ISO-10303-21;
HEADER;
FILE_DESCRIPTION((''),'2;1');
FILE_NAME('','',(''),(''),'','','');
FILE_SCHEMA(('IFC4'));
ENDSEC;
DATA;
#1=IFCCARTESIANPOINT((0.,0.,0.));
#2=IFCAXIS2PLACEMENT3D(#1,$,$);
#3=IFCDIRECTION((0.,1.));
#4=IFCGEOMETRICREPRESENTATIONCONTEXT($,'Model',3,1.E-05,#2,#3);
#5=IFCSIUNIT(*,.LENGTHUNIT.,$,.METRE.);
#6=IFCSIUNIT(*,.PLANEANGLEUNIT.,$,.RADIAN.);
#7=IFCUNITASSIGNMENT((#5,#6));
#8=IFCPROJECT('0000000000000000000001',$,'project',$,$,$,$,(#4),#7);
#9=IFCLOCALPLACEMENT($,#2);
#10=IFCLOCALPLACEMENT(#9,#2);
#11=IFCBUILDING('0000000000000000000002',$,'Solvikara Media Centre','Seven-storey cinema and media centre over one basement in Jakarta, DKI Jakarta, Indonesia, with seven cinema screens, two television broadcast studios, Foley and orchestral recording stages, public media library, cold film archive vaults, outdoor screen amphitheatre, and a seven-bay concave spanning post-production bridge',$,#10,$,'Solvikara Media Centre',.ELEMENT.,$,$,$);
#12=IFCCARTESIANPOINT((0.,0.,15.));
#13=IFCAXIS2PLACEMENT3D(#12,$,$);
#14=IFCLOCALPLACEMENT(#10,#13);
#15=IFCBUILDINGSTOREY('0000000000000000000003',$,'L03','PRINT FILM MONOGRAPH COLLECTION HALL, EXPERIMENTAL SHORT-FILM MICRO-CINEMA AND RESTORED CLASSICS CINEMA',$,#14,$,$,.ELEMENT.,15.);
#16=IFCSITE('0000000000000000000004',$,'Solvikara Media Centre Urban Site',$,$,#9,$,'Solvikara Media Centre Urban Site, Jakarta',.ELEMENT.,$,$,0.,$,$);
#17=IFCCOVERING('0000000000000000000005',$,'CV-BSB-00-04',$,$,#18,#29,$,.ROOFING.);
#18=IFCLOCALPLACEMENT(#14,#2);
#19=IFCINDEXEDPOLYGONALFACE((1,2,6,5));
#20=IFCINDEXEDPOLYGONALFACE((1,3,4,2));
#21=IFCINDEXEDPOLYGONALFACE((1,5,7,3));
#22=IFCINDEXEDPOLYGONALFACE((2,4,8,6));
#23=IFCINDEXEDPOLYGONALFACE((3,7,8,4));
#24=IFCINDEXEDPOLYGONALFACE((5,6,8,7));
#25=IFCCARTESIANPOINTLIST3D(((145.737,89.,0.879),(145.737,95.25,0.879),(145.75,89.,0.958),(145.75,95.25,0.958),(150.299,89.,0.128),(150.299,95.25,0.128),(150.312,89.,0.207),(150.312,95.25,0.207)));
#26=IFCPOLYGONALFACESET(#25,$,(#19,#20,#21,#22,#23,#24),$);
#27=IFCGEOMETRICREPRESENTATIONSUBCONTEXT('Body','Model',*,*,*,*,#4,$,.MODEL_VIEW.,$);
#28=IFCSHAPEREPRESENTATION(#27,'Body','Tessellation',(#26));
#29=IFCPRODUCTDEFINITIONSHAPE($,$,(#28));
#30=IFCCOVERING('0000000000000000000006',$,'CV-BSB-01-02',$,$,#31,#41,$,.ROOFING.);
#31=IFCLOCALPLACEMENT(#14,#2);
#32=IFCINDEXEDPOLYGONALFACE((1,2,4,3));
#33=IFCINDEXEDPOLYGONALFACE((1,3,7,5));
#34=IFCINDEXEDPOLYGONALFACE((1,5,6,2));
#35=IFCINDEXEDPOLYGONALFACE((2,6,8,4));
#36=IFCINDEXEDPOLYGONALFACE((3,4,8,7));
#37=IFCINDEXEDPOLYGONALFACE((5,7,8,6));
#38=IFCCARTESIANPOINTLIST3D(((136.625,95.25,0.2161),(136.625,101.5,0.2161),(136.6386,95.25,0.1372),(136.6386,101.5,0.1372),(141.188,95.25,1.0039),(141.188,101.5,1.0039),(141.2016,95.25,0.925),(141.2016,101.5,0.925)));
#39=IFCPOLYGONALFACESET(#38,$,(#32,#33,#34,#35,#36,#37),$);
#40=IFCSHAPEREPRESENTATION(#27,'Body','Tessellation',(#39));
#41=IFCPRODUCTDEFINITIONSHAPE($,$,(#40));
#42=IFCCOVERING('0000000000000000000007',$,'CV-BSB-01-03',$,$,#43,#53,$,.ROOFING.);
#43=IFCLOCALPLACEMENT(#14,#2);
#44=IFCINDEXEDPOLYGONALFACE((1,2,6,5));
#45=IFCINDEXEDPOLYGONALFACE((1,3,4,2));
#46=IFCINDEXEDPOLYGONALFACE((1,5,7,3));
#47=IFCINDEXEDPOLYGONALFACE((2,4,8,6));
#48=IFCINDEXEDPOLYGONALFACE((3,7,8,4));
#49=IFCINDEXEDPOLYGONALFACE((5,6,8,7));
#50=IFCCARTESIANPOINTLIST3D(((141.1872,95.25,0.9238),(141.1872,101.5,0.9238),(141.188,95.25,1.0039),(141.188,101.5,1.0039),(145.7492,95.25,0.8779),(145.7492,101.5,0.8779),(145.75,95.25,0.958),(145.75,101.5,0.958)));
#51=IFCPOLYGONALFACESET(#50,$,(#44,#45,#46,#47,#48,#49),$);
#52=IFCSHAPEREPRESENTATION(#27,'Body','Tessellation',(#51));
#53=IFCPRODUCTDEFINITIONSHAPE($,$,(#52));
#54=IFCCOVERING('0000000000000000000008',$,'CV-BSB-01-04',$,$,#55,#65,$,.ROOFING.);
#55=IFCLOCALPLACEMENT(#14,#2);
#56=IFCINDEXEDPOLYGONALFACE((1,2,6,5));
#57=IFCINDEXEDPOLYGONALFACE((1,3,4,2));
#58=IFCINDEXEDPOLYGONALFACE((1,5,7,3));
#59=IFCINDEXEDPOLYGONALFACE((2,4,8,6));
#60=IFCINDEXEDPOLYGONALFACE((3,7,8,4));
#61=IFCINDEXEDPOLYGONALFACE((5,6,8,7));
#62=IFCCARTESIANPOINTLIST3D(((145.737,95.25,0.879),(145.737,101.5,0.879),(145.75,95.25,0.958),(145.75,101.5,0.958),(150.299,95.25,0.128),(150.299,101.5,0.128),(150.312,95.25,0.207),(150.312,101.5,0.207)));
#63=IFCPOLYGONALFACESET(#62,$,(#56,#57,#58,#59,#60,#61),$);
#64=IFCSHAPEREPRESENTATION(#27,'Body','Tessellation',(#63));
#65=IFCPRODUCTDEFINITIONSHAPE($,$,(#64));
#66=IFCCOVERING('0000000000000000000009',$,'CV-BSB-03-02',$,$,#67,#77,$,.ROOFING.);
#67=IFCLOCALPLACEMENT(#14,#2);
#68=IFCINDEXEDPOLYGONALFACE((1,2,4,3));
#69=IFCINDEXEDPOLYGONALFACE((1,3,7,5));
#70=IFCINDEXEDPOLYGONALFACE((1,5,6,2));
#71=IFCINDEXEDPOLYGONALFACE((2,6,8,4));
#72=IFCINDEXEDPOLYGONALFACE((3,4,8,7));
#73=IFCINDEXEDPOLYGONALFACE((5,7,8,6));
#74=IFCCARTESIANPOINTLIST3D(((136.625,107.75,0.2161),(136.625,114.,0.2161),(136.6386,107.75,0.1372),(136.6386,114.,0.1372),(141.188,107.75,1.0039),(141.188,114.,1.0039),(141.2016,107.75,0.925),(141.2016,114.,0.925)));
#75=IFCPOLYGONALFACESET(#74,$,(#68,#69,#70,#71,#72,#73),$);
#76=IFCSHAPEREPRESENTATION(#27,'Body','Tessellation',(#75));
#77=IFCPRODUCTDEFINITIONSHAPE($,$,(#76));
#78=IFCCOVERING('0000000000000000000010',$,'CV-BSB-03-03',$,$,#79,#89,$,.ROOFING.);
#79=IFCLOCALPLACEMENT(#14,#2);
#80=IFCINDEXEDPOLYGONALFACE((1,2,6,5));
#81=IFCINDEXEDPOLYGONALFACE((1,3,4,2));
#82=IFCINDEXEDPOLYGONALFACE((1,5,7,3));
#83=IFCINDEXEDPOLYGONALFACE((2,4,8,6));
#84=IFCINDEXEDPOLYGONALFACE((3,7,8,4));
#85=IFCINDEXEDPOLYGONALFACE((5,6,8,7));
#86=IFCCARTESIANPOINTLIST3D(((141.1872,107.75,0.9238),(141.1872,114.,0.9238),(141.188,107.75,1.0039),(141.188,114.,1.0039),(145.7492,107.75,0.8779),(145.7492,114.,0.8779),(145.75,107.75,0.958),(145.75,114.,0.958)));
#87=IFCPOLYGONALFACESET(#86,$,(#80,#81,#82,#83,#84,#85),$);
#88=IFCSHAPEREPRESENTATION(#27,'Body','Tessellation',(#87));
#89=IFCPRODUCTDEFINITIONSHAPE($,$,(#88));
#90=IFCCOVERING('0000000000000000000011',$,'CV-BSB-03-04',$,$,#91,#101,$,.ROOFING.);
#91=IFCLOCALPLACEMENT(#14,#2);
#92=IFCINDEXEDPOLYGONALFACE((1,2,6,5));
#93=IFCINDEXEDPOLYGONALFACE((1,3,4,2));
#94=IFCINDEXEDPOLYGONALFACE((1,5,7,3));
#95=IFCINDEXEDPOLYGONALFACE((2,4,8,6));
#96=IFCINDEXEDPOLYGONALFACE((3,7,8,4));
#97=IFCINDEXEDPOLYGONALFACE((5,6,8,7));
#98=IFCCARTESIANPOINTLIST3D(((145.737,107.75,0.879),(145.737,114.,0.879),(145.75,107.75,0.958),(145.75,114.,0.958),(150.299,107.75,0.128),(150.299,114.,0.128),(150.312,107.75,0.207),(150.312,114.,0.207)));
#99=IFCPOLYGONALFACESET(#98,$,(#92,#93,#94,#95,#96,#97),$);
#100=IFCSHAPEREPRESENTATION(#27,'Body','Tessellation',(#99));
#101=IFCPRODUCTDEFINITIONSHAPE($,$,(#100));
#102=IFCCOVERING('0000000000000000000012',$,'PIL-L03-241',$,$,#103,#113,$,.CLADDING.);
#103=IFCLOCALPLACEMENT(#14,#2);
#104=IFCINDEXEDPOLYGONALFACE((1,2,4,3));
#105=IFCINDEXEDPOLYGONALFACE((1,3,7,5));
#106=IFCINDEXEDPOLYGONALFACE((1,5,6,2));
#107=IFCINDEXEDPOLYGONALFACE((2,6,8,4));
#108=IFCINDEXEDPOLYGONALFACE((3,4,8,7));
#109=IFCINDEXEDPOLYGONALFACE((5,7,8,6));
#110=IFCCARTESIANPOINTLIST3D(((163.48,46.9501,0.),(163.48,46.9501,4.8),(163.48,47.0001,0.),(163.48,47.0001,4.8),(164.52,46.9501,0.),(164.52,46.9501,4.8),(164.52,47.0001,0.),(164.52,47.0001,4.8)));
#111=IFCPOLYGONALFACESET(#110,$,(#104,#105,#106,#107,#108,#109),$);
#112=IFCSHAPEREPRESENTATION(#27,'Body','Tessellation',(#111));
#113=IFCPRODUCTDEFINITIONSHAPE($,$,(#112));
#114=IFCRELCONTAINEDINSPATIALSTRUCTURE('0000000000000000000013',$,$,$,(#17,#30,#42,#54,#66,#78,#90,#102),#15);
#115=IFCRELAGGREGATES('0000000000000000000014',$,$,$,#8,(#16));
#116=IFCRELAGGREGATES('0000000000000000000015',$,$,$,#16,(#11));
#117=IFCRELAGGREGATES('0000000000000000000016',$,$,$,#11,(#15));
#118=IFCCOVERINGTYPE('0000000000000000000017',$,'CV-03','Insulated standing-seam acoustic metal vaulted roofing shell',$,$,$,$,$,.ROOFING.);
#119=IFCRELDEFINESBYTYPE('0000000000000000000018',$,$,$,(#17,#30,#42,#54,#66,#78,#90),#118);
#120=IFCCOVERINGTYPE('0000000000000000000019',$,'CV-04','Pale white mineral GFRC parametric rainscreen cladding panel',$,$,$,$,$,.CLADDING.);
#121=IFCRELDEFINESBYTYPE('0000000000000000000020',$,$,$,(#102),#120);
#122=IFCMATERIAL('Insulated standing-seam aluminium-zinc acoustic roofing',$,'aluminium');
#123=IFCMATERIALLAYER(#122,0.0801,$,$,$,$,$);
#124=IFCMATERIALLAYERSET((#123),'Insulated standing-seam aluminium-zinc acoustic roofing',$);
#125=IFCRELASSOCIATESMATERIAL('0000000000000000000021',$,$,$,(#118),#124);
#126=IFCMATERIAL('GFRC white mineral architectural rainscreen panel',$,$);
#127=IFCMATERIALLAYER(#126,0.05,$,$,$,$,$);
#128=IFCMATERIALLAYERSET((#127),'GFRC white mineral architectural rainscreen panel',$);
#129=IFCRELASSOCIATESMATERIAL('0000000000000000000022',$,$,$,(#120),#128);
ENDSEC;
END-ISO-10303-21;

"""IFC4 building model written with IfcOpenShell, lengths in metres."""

from ifc_helpers import new_model, si_unit, direction, frame, origin, origin_2d, place, context, subcontext, project, spatial, polyline, rectangle, outline, extrude, material, layer, layer_set, type_object, element, save


model = new_model("IFC4")

# Units and contexts
model_context = context("Model", 3, precision=1e-05, world=origin(), true_north=direction((0.0, 1.0)))
body_context = subcontext(model_context, "Body", "Model", "MODEL_VIEW")
ifc_project = project(units=[si_unit("LENGTHUNIT", "METRE"), si_unit("PLANEANGLEUNIT", "RADIAN")], contexts=[model_context])

# Site, building, storey
site_placement = place(None, origin())
site = spatial("IfcSite", under=ifc_project, at=site_placement, Name="Solvikara Media Centre Urban Site", LongName="Solvikara Media Centre Urban Site, Jakarta", CompositionType="ELEMENT", RefElevation=0.0)
building_placement = place(site_placement, origin())
building = spatial("IfcBuilding", under=site, at=building_placement, Name="Solvikara Media Centre", Description="Seven-storey cinema and media centre over one basement in Jakarta, DKI Jakarta, Indonesia, with seven cinema screens, two television broadcast studios, Foley and orchestral recording stages, public media library, cold film archive vaults, outdoor screen amphitheatre, and a seven-bay concave spanning post-production bridge", LongName="Solvikara Media Centre", CompositionType="ELEMENT")
storey_placement = place(building_placement, frame((0.0, 0.0, 15.0)))
storey = spatial("IfcBuildingStorey", under=building, at=storey_placement, Name="L03", Description="PRINT FILM MONOGRAPH COLLECTION HALL, EXPERIMENTAL SHORT-FILM MICRO-CINEMA AND RESTORED CLASSICS CINEMA", CompositionType="ELEMENT", Elevation=15.0)

# Shared definitions
ifc_material_1 = material(Name="Insulated standing-seam aluminium-zinc acoustic roofing", Category="aluminium")

# Coverings
ifc_layer_1 = layer(ifc_material_1, 0.0801)
ifc_layer_set_1 = layer_set([ifc_layer_1], Name="Insulated standing-seam aluminium-zinc acoustic roofing")
covering_type_1 = type_object("IfcCoveringType", Name="CV-03", Description="Insulated standing-seam acoustic metal vaulted roofing shell", PredefinedType="ROOFING", material=ifc_layer_set_1)
covering_1_placement = place(storey_placement, frame((145.75, 89.0, 0.958), z_axis=(0.162429, 0.0, 0.98672), x_axis=(0.98672, 0.0, -0.162429)))
element("IfcCovering", 1, at=covering_1_placement, inside=storey, type_object=covering_type_1, Name="CV-BSB-00-04", PredefinedType="ROOFING", context=body_context, shape_type="SweptSolid", body=[
    extrude(outline(polyline([(0.0, 0.0), (4.6234, 0.0), (4.6234, 6.25), (0.0, 6.25), (0.0, 0.0)])), origin(), (0.0, 0.0, -1.0), 0.0801),
])
covering_2_placement = place(storey_placement, frame((136.625, 95.25, 0.2161), z_axis=(-0.170142, 0.0, 0.98542), x_axis=(0.98542, 0.0, 0.170142)))
element("IfcCovering", 2, at=covering_2_placement, inside=storey, type_object=covering_type_1, Name="CV-BSB-01-02", PredefinedType="ROOFING", context=body_context, shape_type="SweptSolid", body=[
    extrude(outline(polyline([(0.0, 0.0), (4.6305, 0.0), (4.6305, 6.25), (0.0, 6.25), (0.0, 0.0)])), origin(), (0.0, 0.0, -1.0), 0.0801),
])
covering_3_placement = place(storey_placement, frame((141.188, 95.25, 1.0039), z_axis=(0.01006, 0.0, 0.999949), x_axis=(0.999949, 0.0, -0.01006)))
element("IfcCovering", 3, at=covering_3_placement, inside=storey, type_object=covering_type_1, Name="CV-BSB-01-03", PredefinedType="ROOFING", context=body_context, shape_type="SweptSolid", body=[
    extrude(outline(polyline([(0.0, 0.0), (4.5622, 0.0), (4.5622, 6.25), (0.0, 6.25), (0.0, 0.0)])), origin(), (0.0, 0.0, -1.0), 0.0801),
])
covering_4_placement = place(storey_placement, frame((145.75, 95.25, 0.958), z_axis=(0.162429, 0.0, 0.98672), x_axis=(0.98672, 0.0, -0.162429)))
element("IfcCovering", 4, at=covering_4_placement, inside=storey, type_object=covering_type_1, Name="CV-BSB-01-04", PredefinedType="ROOFING", context=body_context, shape_type="SweptSolid", body=[
    extrude(outline(polyline([(0.0, 0.0), (4.6234, 0.0), (4.6234, 6.25), (0.0, 6.25), (0.0, 0.0)])), origin(), (0.0, 0.0, -1.0), 0.0801),
])
covering_5_placement = place(storey_placement, frame((136.625, 107.75, 0.2161), z_axis=(-0.170142, 0.0, 0.98542), x_axis=(0.98542, 0.0, 0.170142)))
element("IfcCovering", 5, at=covering_5_placement, inside=storey, type_object=covering_type_1, Name="CV-BSB-03-02", PredefinedType="ROOFING", context=body_context, shape_type="SweptSolid", body=[
    extrude(outline(polyline([(0.0, 0.0), (4.6305, 0.0), (4.6305, 6.25), (0.0, 6.25), (0.0, 0.0)])), origin(), (0.0, 0.0, -1.0), 0.0801),
])
covering_6_placement = place(storey_placement, frame((141.188, 107.75, 1.0039), z_axis=(0.01006, 0.0, 0.999949), x_axis=(0.999949, 0.0, -0.01006)))
element("IfcCovering", 6, at=covering_6_placement, inside=storey, type_object=covering_type_1, Name="CV-BSB-03-03", PredefinedType="ROOFING", context=body_context, shape_type="SweptSolid", body=[
    extrude(outline(polyline([(0.0, 0.0), (4.5622, 0.0), (4.5622, 6.25), (0.0, 6.25), (0.0, 0.0)])), origin(), (0.0, 0.0, -1.0), 0.0801),
])
covering_7_placement = place(storey_placement, frame((145.75, 107.75, 0.958), z_axis=(0.162429, 0.0, 0.98672), x_axis=(0.98672, 0.0, -0.162429)))
element("IfcCovering", 7, at=covering_7_placement, inside=storey, type_object=covering_type_1, Name="CV-BSB-03-04", PredefinedType="ROOFING", context=body_context, shape_type="SweptSolid", body=[
    extrude(outline(polyline([(0.0, 0.0), (4.6234, 0.0), (4.6234, 6.25), (0.0, 6.25), (0.0, 0.0)])), origin(), (0.0, 0.0, -1.0), 0.0801),
])
ifc_material_2 = material(Name="GFRC white mineral architectural rainscreen panel")
ifc_layer_2 = layer(ifc_material_2, 0.05)
ifc_layer_set_2 = layer_set([ifc_layer_2], Name="GFRC white mineral architectural rainscreen panel")
covering_type_2 = type_object("IfcCoveringType", Name="CV-04", Description="Pale white mineral GFRC parametric rainscreen cladding panel", PredefinedType="CLADDING", material=ifc_layer_set_2)
covering_8_placement = place(storey_placement, frame((164.0, 46.9751, 0.0), z_axis=(0.0, 0.0, 1.0), x_axis=(-1.0, 0.0, 0.0)))
element("IfcCovering", 8, at=covering_8_placement, inside=storey, type_object=covering_type_2, Name="PIL-L03-241", PredefinedType="CLADDING", context=body_context, shape_type="SweptSolid", body=[
    extrude(rectangle(XDim=1.04, YDim=0.05, at=origin_2d()), origin(), (0.0, 0.0, 1.0), 4.8),
])

save(model, "model.ifc")
